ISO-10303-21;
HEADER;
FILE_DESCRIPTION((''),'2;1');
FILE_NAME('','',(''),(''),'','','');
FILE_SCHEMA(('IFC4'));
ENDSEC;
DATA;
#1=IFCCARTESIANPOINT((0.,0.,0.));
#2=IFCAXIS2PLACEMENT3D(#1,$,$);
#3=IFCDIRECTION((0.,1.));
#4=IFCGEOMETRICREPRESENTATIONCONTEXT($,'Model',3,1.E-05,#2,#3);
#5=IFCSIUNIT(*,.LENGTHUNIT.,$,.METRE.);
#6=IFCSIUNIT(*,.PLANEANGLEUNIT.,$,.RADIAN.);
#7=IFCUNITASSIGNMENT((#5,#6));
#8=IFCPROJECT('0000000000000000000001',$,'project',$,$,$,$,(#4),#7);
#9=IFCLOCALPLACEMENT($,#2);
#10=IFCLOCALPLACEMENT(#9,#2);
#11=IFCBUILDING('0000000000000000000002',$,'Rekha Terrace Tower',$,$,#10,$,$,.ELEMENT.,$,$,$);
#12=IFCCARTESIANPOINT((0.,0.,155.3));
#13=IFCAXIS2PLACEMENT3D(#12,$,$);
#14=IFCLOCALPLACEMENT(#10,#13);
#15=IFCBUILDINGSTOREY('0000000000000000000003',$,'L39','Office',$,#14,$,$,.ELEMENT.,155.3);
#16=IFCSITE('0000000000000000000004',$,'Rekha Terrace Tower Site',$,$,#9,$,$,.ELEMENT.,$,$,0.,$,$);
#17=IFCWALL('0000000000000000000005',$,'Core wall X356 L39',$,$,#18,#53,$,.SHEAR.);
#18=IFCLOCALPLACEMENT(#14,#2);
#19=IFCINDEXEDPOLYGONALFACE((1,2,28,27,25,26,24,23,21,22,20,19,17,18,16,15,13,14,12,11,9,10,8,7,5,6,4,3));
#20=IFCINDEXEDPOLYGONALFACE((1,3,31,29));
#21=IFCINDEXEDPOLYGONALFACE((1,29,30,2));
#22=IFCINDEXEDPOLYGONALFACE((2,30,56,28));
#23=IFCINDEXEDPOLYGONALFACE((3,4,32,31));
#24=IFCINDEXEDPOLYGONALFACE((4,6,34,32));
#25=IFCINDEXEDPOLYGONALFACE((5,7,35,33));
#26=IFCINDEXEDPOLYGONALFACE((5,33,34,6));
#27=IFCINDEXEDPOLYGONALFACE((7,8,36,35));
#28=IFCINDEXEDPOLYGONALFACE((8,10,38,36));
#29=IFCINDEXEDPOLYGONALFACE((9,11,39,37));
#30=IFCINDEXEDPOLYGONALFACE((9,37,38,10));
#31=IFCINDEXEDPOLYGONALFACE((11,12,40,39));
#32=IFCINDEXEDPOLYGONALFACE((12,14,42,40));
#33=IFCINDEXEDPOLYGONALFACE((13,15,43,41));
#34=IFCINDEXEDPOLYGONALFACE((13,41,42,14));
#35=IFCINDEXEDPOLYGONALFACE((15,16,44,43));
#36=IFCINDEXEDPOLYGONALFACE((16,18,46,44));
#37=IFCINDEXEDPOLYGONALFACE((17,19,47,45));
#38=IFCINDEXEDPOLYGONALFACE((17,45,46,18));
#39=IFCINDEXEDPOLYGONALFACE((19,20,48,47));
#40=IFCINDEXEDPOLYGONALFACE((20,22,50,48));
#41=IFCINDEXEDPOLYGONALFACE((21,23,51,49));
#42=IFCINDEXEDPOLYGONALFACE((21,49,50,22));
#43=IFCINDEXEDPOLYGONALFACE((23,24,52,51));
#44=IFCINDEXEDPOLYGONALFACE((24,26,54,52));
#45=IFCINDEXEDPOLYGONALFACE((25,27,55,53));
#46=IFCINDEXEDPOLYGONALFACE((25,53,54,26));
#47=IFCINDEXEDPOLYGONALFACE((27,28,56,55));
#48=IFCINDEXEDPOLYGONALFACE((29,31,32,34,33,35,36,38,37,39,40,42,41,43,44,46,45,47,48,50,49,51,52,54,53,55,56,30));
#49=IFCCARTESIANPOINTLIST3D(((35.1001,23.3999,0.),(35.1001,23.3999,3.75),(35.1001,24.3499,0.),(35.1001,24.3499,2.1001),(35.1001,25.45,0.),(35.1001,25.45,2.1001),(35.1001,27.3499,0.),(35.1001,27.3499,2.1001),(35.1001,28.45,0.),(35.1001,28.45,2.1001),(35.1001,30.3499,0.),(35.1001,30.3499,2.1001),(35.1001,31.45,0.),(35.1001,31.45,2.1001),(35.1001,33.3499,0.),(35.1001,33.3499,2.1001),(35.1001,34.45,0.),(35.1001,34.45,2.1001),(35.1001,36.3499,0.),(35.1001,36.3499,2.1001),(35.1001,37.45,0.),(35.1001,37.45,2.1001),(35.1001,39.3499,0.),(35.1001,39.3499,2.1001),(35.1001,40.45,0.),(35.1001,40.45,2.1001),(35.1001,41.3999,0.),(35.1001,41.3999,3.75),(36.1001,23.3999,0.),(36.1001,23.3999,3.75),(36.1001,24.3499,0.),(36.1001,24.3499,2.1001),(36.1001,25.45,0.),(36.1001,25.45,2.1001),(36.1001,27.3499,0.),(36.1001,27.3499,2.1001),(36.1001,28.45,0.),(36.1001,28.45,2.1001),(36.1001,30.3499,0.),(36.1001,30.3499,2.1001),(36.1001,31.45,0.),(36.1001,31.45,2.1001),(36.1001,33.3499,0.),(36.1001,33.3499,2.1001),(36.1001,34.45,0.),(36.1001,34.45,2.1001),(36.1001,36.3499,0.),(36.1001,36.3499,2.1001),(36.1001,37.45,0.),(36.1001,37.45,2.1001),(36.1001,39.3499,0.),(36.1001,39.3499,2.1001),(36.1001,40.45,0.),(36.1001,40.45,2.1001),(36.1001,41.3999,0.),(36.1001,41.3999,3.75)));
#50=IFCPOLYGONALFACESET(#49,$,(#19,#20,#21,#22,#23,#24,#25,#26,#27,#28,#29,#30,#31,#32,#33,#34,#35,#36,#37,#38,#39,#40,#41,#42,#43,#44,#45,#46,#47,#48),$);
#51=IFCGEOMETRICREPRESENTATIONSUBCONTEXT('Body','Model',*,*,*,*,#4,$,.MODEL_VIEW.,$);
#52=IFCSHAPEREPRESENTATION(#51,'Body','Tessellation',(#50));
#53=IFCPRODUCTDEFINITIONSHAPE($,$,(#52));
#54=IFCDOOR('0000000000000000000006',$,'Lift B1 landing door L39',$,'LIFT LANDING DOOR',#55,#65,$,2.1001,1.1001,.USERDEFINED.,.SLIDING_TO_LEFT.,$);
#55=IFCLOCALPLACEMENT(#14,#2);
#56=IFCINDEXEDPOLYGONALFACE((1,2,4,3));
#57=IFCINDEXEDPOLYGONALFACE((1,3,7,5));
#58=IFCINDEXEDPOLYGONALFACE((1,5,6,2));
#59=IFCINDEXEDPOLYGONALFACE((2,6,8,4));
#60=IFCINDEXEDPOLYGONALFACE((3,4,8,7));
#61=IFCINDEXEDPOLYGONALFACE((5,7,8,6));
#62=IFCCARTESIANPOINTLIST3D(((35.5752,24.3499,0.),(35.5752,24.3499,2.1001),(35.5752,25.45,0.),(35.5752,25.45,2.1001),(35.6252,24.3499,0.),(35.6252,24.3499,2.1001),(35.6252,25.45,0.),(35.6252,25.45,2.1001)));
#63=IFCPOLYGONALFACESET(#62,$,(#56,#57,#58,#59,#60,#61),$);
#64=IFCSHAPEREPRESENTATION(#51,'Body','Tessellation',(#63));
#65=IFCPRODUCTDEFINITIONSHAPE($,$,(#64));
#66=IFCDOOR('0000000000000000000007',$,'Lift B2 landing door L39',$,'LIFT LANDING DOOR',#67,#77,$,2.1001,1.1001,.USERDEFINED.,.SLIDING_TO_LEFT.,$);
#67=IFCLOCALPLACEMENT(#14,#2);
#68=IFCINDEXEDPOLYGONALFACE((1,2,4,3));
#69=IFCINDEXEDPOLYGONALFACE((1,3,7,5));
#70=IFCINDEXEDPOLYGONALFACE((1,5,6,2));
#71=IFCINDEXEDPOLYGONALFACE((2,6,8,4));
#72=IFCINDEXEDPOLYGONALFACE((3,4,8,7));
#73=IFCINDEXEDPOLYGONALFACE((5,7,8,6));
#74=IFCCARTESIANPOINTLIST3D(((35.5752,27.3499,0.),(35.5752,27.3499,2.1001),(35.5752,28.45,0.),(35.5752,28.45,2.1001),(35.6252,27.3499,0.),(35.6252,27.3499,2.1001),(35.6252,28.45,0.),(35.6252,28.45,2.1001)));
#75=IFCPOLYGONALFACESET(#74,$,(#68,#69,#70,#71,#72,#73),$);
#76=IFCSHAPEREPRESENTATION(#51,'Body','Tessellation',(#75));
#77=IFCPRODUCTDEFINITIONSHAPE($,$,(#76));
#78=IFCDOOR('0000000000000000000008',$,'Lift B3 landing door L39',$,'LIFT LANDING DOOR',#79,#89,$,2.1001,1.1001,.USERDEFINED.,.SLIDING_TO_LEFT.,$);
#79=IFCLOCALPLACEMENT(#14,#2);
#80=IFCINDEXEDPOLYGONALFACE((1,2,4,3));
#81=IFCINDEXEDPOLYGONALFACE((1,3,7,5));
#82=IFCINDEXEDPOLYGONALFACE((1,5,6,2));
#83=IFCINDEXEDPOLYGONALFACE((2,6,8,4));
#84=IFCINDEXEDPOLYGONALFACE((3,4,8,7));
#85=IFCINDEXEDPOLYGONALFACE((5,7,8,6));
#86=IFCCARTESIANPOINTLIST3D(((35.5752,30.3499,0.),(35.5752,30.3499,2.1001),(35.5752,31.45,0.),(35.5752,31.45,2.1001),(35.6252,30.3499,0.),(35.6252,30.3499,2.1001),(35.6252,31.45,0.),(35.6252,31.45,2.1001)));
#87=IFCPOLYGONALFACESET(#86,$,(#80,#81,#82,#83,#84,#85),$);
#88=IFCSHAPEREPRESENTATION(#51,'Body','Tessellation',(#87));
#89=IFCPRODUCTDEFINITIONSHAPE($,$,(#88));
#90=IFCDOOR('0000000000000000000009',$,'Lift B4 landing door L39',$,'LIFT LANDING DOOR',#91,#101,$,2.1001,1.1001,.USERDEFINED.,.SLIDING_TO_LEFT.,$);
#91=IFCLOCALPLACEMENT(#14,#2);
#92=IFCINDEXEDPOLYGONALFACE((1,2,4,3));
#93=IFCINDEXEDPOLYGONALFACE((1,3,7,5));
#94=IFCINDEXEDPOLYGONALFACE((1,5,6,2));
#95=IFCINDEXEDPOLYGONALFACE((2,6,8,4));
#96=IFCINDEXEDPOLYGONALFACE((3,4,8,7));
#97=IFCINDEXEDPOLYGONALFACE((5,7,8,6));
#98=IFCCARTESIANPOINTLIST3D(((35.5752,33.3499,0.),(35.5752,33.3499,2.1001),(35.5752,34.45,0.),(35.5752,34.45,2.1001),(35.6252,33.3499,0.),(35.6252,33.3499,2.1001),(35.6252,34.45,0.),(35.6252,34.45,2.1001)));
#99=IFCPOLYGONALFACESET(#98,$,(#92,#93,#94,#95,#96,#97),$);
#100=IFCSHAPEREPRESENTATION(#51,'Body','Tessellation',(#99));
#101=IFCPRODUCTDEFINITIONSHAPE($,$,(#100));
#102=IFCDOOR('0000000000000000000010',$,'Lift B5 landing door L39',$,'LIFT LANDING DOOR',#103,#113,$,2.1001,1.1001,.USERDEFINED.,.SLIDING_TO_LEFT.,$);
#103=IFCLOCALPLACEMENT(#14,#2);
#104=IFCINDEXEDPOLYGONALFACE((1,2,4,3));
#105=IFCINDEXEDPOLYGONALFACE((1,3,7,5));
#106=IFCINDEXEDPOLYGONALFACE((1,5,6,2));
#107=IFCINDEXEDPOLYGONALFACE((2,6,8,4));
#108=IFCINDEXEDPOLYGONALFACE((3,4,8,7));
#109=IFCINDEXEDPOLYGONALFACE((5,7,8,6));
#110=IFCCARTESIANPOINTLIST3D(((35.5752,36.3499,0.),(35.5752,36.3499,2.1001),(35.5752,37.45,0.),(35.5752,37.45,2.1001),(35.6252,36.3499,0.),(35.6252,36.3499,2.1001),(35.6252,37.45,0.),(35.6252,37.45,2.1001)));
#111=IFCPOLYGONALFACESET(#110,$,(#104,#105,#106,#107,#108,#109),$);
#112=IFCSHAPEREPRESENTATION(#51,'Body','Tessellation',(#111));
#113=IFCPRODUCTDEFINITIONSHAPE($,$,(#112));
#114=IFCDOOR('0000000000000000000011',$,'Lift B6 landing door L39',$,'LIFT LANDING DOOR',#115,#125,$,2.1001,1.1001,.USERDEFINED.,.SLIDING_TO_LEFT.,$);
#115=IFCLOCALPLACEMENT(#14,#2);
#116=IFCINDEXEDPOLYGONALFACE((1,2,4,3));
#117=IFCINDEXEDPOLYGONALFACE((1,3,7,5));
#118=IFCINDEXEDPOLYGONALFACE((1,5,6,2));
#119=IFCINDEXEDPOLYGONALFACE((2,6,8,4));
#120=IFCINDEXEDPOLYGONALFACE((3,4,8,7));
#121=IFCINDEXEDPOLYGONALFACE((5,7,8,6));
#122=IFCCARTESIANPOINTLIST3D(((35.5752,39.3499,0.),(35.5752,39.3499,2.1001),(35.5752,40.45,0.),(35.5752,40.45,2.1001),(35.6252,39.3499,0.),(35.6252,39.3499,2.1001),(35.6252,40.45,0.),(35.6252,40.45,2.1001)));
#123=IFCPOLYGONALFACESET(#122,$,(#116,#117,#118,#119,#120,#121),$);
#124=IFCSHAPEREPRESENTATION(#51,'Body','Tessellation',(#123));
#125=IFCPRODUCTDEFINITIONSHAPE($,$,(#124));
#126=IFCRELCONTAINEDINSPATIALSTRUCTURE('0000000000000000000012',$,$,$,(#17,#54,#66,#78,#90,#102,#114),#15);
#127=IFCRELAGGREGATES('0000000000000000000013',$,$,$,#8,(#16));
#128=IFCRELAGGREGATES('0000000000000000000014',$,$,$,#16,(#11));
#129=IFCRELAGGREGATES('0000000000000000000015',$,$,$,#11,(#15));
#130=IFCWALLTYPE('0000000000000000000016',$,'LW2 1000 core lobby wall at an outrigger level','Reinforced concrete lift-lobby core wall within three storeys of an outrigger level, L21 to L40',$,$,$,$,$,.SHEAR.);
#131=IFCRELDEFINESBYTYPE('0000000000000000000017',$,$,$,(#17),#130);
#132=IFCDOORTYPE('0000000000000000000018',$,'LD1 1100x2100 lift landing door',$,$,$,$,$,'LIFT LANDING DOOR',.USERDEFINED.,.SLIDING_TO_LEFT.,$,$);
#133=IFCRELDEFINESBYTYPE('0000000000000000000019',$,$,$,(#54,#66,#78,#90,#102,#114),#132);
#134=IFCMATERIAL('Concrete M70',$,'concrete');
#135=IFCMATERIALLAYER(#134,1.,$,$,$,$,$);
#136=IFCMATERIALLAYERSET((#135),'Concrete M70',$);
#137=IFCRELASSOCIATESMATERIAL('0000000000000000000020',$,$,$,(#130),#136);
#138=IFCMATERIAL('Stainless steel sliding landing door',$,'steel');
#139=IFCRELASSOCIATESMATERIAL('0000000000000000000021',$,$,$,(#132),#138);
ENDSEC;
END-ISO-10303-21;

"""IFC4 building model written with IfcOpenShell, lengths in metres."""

from ifc_helpers import new_model, si_unit, direction, frame, frame_2d, origin, place, context, subcontext, project, spatial, rectangle, extrude, material, layer, layer_set, type_object, element, fill, save


model = new_model("IFC4")

# Units and contexts
model_context = context("Model", 3, precision=1e-05, world=origin(), true_north=direction((0.0, 1.0)))
body_context = subcontext(model_context, "Body", "Model", "MODEL_VIEW")
ifc_project = project(units=[si_unit("LENGTHUNIT", "METRE"), si_unit("PLANEANGLEUNIT", "RADIAN")], contexts=[model_context])

# Site, building, storey
site_placement = place(None, origin())
site = spatial("IfcSite", under=ifc_project, at=site_placement, Name="Rekha Terrace Tower Site", CompositionType="ELEMENT", RefElevation=0.0)
building_placement = place(site_placement, origin())
building = spatial("IfcBuilding", under=site, at=building_placement, Name="Rekha Terrace Tower", CompositionType="ELEMENT")
storey_placement = place(building_placement, frame((0.0, 0.0, 155.3)))
storey = spatial("IfcBuildingStorey", under=building, at=storey_placement, Name="L39", Description="Office", CompositionType="ELEMENT", Elevation=155.3)

# Shared definitions
ifc_material_1 = material(Name="Concrete M70", Category="concrete")

# Wall, openings, doors
ifc_layer_1 = layer(ifc_material_1, 1.0)
ifc_layer_set_1 = layer_set([ifc_layer_1], Name="Concrete M70")
wall_type_1 = type_object("IfcWallType", Name="LW2 1000 core lobby wall at an outrigger level", Description="Reinforced concrete lift-lobby core wall within three storeys of an outrigger level, L21 to L40", PredefinedType="SHEAR", material=ifc_layer_set_1)
wall_1_placement = place(storey_placement, frame((35.6001, 23.3999, 0.0), z_axis=(0.0, 0.0, 1.0), x_axis=(0.0, 1.0, 0.0)))
wall_1 = element("IfcWall", 1, at=wall_1_placement, inside=storey, type_object=wall_type_1, Name="Core wall X356 L39", PredefinedType="SHEAR", context=body_context, shape_type="SweptSolid", body=[
    extrude(rectangle(XDim=18.0, YDim=1.0, at=frame_2d((9.0, 0.0))), origin(), (0.0, 0.0, 1.0), 3.75),
])
opening_1_placement = place(wall_1_placement, frame((0.95, 0.0, 0.0)))
opening_1 = element("IfcOpeningElement", 2, at=opening_1_placement, cuts=wall_1, PredefinedType="OPENING", context=body_context, shape_type="SweptSolid", body=[
    extrude(rectangle(XDim=1.1001, YDim=2.1001, at=frame_2d((0.55, 1.05))), frame((0.0, 0.51, 0.0), z_axis=(0.0, -1.0, 0.0), x_axis=(1.0, 0.0, 0.0)), (0.0, 0.0, 1.0), 1.02),
])
opening_2_placement = place(wall_1_placement, frame((3.95, 0.0, 0.0)))
opening_2 = element("IfcOpeningElement", 3, at=opening_2_placement, cuts=wall_1, PredefinedType="OPENING", context=body_context, shape_type="SweptSolid", body=[
    extrude(rectangle(XDim=1.1001, YDim=2.1001, at=frame_2d((0.55, 1.05))), frame((0.0, 0.51, 0.0), z_axis=(0.0, -1.0, 0.0), x_axis=(1.0, 0.0, 0.0)), (0.0, 0.0, 1.0), 1.02),
])
opening_3_placement = place(wall_1_placement, frame((6.95, 0.0, 0.0)))
opening_3 = element("IfcOpeningElement", 4, at=opening_3_placement, cuts=wall_1, PredefinedType="OPENING", context=body_context, shape_type="SweptSolid", body=[
    extrude(rectangle(XDim=1.1001, YDim=2.1001, at=frame_2d((0.55, 1.05))), frame((0.0, 0.51, 0.0), z_axis=(0.0, -1.0, 0.0), x_axis=(1.0, 0.0, 0.0)), (0.0, 0.0, 1.0), 1.02),
])
opening_4_placement = place(wall_1_placement, frame((9.95, 0.0, 0.0)))
opening_4 = element("IfcOpeningElement", 5, at=opening_4_placement, cuts=wall_1, PredefinedType="OPENING", context=body_context, shape_type="SweptSolid", body=[
    extrude(rectangle(XDim=1.1001, YDim=2.1001, at=frame_2d((0.55, 1.05))), frame((0.0, 0.51, 0.0), z_axis=(0.0, -1.0, 0.0), x_axis=(1.0, 0.0, 0.0)), (0.0, 0.0, 1.0), 1.02),
])
opening_5_placement = place(wall_1_placement, frame((12.95, 0.0, 0.0)))
opening_5 = element("IfcOpeningElement", 6, at=opening_5_placement, cuts=wall_1, PredefinedType="OPENING", context=body_context, shape_type="SweptSolid", body=[
    extrude(rectangle(XDim=1.1001, YDim=2.1001, at=frame_2d((0.55, 1.05))), frame((0.0, 0.51, 0.0), z_axis=(0.0, -1.0, 0.0), x_axis=(1.0, 0.0, 0.0)), (0.0, 0.0, 1.0), 1.02),
])
opening_6_placement = place(wall_1_placement, frame((15.95, 0.0, 0.0)))
opening_6 = element("IfcOpeningElement", 7, at=opening_6_placement, cuts=wall_1, PredefinedType="OPENING", context=body_context, shape_type="SweptSolid", body=[
    extrude(rectangle(XDim=1.1001, YDim=2.1001, at=frame_2d((0.55, 1.05))), frame((0.0, 0.51, 0.0), z_axis=(0.0, -1.0, 0.0), x_axis=(1.0, 0.0, 0.0)), (0.0, 0.0, 1.0), 1.02),
])
ifc_material_2 = material(Name="Stainless steel sliding landing door", Category="steel")
door_type_1 = type_object("IfcDoorType", Name="LD1 1100x2100 lift landing door", ElementType="LIFT LANDING DOOR", OperationType="SLIDING_TO_LEFT", PredefinedType="USERDEFINED", material=ifc_material_2)
door_1_placement = place(opening_1_placement, origin())
door_1 = element("IfcDoor", 8, at=door_1_placement, inside=storey, type_object=door_type_1, Name="Lift B1 landing door L39", ObjectType="LIFT LANDING DOOR", OperationType="SLIDING_TO_LEFT", OverallHeight=2.1001, OverallWidth=1.1001, PredefinedType="USERDEFINED", context=body_context, shape_type="SweptSolid", body=[
    extrude(rectangle(XDim=1.1001, YDim=2.1001, at=frame_2d((0.55, 1.05))), frame((0.0, 0.0249, 0.0), z_axis=(0.0, -1.0, 0.0), x_axis=(1.0, 0.0, 0.0)), (0.0, 0.0, 1.0), 0.05),
])
fill(opening_1, door_1)
door_2_placement = place(opening_2_placement, origin())
door_2 = element("IfcDoor", 9, at=door_2_placement, inside=storey, type_object=door_type_1, Name="Lift B2 landing door L39", ObjectType="LIFT LANDING DOOR", OperationType="SLIDING_TO_LEFT", OverallHeight=2.1001, OverallWidth=1.1001, PredefinedType="USERDEFINED", context=body_context, shape_type="SweptSolid", body=[
    extrude(rectangle(XDim=1.1001, YDim=2.1001, at=frame_2d((0.55, 1.05))), frame((0.0, 0.0249, 0.0), z_axis=(0.0, -1.0, 0.0), x_axis=(1.0, 0.0, 0.0)), (0.0, 0.0, 1.0), 0.05),
])
fill(opening_2, door_2)
door_3_placement = place(opening_3_placement, origin())
door_3 = element("IfcDoor", 10, at=door_3_placement, inside=storey, type_object=door_type_1, Name="Lift B3 landing door L39", ObjectType="LIFT LANDING DOOR", OperationType="SLIDING_TO_LEFT", OverallHeight=2.1001, OverallWidth=1.1001, PredefinedType="USERDEFINED", context=body_context, shape_type="SweptSolid", body=[
    extrude(rectangle(XDim=1.1001, YDim=2.1001, at=frame_2d((0.55, 1.05))), frame((0.0, 0.0249, 0.0), z_axis=(0.0, -1.0, 0.0), x_axis=(1.0, 0.0, 0.0)), (0.0, 0.0, 1.0), 0.05),
])
fill(opening_3, door_3)
door_4_placement = place(opening_4_placement, origin())
door_4 = element("IfcDoor", 11, at=door_4_placement, inside=storey, type_object=door_type_1, Name="Lift B4 landing door L39", ObjectType="LIFT LANDING DOOR", OperationType="SLIDING_TO_LEFT", OverallHeight=2.1001, OverallWidth=1.1001, PredefinedType="USERDEFINED", context=body_context, shape_type="SweptSolid", body=[
    extrude(rectangle(XDim=1.1001, YDim=2.1001, at=frame_2d((0.55, 1.05))), frame((0.0, 0.0249, 0.0), z_axis=(0.0, -1.0, 0.0), x_axis=(1.0, 0.0, 0.0)), (0.0, 0.0, 1.0), 0.05),
])
fill(opening_4, door_4)
door_5_placement = place(opening_5_placement, origin())
door_5 = element("IfcDoor", 12, at=door_5_placement, inside=storey, type_object=door_type_1, Name="Lift B5 landing door L39", ObjectType="LIFT LANDING DOOR", OperationType="SLIDING_TO_LEFT", OverallHeight=2.1001, OverallWidth=1.1001, PredefinedType="USERDEFINED", context=body_context, shape_type="SweptSolid", body=[
    extrude(rectangle(XDim=1.1001, YDim=2.1001, at=frame_2d((0.55, 1.05))), frame((0.0, 0.0249, 0.0), z_axis=(0.0, -1.0, 0.0), x_axis=(1.0, 0.0, 0.0)), (0.0, 0.0, 1.0), 0.05),
])
fill(opening_5, door_5)
door_6_placement = place(opening_6_placement, origin())
door_6 = element("IfcDoor", 13, at=door_6_placement, inside=storey, type_object=door_type_1, Name="Lift B6 landing door L39", ObjectType="LIFT LANDING DOOR", OperationType="SLIDING_TO_LEFT", OverallHeight=2.1001, OverallWidth=1.1001, PredefinedType="USERDEFINED", context=body_context, shape_type="SweptSolid", body=[
    extrude(rectangle(XDim=1.1001, YDim=2.1001, at=frame_2d((0.55, 1.05))), frame((0.0, 0.0249, 0.0), z_axis=(0.0, -1.0, 0.0), x_axis=(1.0, 0.0, 0.0)), (0.0, 0.0, 1.0), 0.05),
])
fill(opening_6, door_6)

save(model, "model.ifc")
